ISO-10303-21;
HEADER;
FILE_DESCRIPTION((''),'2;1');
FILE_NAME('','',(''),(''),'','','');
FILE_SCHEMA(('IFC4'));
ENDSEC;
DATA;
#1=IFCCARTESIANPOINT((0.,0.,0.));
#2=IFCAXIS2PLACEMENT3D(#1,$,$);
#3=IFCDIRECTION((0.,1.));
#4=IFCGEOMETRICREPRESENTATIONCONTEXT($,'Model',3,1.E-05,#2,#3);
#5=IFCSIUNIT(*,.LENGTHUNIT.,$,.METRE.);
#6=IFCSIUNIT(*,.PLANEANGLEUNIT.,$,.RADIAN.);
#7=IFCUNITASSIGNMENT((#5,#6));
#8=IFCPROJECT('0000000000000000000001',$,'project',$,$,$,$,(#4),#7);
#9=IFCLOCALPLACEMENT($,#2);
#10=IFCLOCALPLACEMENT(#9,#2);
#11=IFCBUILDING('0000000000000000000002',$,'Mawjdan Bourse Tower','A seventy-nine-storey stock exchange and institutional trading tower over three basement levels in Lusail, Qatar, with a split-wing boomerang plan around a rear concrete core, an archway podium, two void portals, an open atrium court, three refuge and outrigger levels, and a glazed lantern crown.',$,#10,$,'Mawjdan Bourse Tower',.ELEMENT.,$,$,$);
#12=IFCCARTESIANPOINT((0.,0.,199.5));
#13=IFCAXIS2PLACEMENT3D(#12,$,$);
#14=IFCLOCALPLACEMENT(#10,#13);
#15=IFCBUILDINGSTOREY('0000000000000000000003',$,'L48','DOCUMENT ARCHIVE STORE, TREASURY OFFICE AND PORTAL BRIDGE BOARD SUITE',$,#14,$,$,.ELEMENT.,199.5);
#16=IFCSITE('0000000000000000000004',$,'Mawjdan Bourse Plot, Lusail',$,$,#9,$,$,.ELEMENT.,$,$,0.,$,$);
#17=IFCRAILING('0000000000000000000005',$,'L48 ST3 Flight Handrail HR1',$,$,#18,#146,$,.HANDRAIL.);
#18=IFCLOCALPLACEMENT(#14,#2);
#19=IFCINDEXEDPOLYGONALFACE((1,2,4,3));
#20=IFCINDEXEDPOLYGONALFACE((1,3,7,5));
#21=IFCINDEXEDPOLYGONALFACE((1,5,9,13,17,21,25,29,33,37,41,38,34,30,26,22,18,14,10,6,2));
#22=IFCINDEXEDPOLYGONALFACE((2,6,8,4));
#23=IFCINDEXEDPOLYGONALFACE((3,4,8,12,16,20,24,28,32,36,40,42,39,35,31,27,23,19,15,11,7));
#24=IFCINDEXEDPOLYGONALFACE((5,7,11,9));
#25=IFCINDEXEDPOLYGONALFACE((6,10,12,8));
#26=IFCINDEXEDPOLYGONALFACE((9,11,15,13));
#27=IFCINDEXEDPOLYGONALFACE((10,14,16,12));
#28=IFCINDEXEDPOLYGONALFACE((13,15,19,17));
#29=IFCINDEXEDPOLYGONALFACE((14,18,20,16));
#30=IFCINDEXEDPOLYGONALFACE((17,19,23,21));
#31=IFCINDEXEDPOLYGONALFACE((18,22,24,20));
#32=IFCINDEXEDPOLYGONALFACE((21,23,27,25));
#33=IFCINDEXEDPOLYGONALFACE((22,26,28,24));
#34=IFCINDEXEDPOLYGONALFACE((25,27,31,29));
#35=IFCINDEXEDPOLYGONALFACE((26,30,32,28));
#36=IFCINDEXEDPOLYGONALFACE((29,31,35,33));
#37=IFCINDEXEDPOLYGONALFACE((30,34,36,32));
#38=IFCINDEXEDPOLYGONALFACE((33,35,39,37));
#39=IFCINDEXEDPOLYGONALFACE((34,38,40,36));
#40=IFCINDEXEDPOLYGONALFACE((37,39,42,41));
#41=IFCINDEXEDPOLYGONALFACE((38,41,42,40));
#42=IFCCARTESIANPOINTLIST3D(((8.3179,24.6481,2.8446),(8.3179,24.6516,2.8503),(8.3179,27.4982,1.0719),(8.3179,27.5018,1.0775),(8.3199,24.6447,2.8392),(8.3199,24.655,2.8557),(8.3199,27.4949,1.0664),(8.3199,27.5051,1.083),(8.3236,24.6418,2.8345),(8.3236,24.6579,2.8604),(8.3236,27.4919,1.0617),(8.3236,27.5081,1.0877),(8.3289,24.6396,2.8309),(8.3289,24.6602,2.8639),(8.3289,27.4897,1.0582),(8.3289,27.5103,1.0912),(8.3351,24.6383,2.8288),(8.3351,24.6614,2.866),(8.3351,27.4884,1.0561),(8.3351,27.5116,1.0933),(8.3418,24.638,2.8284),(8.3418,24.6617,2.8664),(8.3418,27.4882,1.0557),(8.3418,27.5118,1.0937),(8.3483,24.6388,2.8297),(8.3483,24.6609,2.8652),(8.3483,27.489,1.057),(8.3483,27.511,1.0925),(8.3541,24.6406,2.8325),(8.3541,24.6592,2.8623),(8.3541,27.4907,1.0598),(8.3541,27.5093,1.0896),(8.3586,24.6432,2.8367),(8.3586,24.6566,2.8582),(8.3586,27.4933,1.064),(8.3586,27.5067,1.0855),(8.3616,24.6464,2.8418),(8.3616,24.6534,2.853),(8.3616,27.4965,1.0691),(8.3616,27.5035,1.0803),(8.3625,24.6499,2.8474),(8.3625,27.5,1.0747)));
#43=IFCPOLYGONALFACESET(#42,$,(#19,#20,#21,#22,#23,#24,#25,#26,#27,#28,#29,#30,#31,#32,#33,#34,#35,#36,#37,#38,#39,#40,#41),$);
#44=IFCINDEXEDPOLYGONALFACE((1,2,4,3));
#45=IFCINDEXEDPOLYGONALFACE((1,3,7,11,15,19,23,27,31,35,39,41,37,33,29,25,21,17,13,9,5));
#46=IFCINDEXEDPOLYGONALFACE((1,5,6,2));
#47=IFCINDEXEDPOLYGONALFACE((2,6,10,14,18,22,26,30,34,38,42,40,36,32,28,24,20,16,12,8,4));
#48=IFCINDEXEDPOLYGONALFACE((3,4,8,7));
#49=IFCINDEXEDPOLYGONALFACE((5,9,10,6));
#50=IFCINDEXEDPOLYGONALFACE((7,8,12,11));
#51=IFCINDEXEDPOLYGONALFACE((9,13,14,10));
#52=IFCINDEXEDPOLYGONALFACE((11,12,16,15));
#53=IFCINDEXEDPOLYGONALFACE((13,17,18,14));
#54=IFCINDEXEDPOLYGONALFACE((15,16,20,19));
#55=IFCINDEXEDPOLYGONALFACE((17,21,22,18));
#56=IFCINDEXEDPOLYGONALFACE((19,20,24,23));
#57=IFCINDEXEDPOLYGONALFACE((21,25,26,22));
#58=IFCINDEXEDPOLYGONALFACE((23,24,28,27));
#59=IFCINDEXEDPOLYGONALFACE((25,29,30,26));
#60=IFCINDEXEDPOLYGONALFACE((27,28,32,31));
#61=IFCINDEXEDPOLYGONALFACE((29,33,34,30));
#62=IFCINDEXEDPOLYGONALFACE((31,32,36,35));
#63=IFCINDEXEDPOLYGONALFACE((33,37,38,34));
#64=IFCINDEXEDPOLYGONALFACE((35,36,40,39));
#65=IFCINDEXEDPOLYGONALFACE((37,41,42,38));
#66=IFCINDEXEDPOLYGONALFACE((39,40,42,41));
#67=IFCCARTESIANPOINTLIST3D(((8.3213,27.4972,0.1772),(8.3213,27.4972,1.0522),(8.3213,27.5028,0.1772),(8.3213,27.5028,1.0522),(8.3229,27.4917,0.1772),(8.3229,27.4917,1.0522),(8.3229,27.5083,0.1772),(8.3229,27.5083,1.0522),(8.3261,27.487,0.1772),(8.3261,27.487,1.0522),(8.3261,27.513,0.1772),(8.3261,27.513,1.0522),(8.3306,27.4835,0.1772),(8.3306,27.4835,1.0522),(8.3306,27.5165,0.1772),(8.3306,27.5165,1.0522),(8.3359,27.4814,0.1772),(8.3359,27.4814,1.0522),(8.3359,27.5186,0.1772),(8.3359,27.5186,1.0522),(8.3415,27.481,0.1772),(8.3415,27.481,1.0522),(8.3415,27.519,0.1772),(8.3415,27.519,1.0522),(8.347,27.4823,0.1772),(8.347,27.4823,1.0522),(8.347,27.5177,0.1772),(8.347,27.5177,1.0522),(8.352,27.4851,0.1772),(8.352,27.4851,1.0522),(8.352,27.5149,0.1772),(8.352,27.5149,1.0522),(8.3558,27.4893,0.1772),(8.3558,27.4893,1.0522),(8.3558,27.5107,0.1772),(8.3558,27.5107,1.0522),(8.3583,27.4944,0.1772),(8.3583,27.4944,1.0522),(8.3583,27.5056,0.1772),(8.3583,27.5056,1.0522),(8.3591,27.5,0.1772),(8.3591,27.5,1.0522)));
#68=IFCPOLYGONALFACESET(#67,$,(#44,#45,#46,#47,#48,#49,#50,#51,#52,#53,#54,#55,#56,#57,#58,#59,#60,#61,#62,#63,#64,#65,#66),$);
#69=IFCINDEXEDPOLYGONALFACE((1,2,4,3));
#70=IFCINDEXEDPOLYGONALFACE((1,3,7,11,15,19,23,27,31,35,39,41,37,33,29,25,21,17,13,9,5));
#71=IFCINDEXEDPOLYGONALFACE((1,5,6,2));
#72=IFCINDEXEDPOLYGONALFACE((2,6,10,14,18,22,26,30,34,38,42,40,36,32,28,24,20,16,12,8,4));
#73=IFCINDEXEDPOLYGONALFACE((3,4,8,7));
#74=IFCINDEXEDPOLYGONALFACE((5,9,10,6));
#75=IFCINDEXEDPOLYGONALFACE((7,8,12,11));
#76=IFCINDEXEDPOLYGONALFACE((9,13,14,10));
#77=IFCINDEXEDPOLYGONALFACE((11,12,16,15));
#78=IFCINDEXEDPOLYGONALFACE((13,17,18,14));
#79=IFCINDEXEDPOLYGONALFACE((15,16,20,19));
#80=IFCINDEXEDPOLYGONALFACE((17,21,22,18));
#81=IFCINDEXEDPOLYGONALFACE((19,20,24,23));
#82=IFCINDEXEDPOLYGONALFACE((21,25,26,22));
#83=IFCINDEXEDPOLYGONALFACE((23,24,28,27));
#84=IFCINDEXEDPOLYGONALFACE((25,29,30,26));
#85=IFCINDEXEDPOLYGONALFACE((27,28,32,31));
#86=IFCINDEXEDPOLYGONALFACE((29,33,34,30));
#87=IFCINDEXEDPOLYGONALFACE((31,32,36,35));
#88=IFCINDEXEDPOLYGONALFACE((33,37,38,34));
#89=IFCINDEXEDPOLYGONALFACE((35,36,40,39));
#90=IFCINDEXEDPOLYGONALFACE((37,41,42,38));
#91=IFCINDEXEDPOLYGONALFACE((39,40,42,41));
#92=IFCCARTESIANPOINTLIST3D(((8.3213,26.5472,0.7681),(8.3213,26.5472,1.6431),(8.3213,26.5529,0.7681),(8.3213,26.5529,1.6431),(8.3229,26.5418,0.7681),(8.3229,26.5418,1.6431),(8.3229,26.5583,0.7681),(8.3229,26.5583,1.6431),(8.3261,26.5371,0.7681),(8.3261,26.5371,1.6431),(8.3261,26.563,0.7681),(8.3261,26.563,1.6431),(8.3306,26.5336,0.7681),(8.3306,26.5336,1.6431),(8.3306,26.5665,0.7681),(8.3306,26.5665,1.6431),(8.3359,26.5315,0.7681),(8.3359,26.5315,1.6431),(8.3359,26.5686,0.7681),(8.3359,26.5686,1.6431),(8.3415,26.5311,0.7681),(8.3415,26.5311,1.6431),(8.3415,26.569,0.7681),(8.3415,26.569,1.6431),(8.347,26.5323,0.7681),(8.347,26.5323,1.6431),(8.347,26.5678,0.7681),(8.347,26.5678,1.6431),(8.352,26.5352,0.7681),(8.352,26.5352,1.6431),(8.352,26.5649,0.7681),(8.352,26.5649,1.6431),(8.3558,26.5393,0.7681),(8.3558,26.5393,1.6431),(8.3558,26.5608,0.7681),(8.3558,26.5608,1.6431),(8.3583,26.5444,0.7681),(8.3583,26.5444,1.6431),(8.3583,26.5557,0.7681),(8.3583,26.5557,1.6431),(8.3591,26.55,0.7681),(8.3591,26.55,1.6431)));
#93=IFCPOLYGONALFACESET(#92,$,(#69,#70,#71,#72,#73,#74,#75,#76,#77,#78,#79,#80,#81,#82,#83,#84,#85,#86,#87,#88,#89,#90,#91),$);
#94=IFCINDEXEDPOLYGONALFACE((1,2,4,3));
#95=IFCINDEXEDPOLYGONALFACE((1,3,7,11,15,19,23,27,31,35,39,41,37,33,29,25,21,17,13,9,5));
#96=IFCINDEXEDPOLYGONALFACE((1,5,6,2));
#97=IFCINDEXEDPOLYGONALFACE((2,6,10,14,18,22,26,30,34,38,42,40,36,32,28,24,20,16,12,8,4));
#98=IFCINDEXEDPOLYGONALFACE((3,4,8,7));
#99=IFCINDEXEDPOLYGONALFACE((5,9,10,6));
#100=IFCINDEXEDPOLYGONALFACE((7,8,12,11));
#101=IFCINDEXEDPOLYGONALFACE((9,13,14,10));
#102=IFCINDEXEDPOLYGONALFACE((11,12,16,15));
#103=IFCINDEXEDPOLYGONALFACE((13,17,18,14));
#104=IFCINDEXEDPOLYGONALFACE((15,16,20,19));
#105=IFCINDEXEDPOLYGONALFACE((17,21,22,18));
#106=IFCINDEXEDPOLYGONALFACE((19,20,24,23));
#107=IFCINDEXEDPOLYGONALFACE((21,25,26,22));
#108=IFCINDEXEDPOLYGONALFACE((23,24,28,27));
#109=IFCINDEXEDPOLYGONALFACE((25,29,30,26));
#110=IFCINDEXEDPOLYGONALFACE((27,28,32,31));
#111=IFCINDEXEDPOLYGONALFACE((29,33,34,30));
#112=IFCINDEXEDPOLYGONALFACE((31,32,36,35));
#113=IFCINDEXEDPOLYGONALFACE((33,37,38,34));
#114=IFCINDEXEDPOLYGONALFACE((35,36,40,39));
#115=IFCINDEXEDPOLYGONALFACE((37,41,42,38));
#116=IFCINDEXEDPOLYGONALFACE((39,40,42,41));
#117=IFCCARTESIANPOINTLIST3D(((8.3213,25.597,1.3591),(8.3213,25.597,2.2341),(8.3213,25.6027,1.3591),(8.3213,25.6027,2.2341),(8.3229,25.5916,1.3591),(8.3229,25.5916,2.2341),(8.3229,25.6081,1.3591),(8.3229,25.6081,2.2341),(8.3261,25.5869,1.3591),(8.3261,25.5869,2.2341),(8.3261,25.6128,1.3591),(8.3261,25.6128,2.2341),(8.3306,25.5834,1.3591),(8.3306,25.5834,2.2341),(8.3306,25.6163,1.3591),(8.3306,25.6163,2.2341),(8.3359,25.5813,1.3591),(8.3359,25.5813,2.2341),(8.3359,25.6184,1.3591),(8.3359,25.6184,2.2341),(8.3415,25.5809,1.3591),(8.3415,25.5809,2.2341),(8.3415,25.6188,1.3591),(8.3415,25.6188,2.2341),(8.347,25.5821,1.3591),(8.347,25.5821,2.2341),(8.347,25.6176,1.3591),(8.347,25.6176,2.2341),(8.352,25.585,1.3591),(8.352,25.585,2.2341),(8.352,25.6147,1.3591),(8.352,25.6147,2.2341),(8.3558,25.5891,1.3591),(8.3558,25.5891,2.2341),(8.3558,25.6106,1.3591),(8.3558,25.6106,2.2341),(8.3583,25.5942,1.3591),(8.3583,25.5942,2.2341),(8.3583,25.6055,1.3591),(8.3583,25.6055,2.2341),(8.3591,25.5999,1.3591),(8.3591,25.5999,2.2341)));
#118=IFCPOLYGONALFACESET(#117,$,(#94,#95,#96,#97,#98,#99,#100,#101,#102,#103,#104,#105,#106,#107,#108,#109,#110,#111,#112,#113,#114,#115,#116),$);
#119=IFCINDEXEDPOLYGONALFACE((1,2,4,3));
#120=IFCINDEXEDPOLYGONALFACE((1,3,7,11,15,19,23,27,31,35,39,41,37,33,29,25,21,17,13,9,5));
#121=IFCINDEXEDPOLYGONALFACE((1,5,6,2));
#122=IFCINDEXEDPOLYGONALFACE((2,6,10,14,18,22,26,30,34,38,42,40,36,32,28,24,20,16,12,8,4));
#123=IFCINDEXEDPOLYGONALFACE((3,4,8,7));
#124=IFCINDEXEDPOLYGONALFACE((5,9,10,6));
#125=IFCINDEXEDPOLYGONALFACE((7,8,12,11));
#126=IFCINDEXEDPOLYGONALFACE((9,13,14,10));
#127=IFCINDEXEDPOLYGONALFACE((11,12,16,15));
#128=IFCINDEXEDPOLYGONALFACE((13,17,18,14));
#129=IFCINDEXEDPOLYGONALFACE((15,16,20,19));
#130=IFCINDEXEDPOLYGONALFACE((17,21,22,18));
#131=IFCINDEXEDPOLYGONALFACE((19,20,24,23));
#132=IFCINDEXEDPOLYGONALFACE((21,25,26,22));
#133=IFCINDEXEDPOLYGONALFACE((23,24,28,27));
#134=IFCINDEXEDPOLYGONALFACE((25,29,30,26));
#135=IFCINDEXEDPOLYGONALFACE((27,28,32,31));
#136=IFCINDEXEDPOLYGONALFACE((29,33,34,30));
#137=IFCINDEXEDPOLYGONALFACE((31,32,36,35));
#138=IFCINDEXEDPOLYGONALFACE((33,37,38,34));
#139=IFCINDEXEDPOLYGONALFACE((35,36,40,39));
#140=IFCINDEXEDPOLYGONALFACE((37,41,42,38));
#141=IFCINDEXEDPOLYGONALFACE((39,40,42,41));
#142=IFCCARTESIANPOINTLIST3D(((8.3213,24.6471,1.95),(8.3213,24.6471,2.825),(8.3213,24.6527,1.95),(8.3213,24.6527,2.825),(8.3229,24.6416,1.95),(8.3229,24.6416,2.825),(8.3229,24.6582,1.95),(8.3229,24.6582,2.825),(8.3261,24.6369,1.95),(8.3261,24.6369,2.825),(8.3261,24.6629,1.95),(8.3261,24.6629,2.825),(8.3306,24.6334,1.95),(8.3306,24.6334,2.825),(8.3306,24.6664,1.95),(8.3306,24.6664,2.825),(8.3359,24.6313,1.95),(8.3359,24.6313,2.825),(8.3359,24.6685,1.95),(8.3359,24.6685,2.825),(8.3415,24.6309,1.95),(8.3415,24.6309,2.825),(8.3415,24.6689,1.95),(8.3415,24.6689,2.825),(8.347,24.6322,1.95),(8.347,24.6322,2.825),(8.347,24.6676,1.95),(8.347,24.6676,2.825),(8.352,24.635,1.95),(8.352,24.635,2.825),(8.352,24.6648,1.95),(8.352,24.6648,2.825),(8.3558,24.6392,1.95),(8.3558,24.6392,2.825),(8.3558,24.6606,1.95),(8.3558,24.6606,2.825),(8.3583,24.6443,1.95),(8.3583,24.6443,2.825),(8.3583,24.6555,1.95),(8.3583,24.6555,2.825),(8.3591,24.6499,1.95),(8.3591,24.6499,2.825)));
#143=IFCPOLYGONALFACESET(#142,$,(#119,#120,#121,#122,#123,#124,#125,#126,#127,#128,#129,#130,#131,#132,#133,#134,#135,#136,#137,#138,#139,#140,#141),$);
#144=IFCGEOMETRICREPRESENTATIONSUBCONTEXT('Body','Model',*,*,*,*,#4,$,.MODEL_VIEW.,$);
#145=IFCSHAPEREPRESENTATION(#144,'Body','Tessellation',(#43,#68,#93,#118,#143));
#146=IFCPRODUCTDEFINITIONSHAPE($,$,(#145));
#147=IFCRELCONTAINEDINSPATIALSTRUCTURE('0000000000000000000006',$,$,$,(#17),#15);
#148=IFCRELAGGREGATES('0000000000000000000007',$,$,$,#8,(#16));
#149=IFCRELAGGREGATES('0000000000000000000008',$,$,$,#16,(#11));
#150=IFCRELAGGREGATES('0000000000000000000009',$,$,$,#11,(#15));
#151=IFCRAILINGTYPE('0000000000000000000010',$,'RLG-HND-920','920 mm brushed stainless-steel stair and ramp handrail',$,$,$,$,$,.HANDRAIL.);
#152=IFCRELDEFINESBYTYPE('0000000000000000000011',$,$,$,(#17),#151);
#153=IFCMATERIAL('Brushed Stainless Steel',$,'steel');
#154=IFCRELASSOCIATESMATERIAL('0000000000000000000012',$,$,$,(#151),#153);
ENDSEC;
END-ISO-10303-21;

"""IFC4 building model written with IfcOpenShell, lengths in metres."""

from ifc_helpers import new_model, si_unit, direction, frame, origin, origin_2d, place, context, subcontext, project, spatial, circle, extrude, material, type_object, element, save


model = new_model("IFC4")

# Units and contexts
model_context = context("Model", 3, precision=1e-05, world=origin(), true_north=direction((0.0, 1.0)))
body_context = subcontext(model_context, "Body", "Model", "MODEL_VIEW")
ifc_project = project(units=[si_unit("LENGTHUNIT", "METRE"), si_unit("PLANEANGLEUNIT", "RADIAN")], contexts=[model_context])

# Site, building, storey
site_placement = place(None, origin())
site = spatial("IfcSite", under=ifc_project, at=site_placement, Name="Mawjdan Bourse Plot, Lusail", CompositionType="ELEMENT", RefElevation=0.0)
building_placement = place(site_placement, origin())
building = spatial("IfcBuilding", under=site, at=building_placement, Name="Mawjdan Bourse Tower", Description="A seventy-nine-storey stock exchange and institutional trading tower over three basement levels in Lusail, Qatar, with a split-wing boomerang plan around a rear concrete core, an archway podium, two void portals, an open atrium court, three refuge and outrigger levels, and a glazed lantern crown.", LongName="Mawjdan Bourse Tower", CompositionType="ELEMENT")
storey_placement = place(building_placement, frame((0.0, 0.0, 199.5)))
storey = spatial("IfcBuildingStorey", under=building, at=storey_placement, Name="L48", Description="DOCUMENT ARCHIVE STORE, TREASURY OFFICE AND PORTAL BRIDGE BOARD SUITE", CompositionType="ELEMENT", Elevation=199.5)

# Railing
ifc_material_1 = material(Name="Brushed Stainless Steel", Category="steel")
railing_type = type_object("IfcRailingType", Name="RLG-HND-920", Description="920 mm brushed stainless-steel stair and ramp handrail", PredefinedType="HANDRAIL", material=ifc_material_1)
railing_placement = place(storey_placement, frame((8.3401, 27.5, 0.1772)))
element("IfcRailing", 1, at=railing_placement, inside=storey, type_object=railing_type, Name="L48 ST3 Flight Handrail HR1", PredefinedType="HANDRAIL", context=body_context, shape_type="SweptSolid", body=[
    extrude(circle(Radius=0.0225, at=origin_2d()), frame((0.0, 0.0, 0.8975), z_axis=(0.0, -0.849149, 0.528154), x_axis=(1.0, 0.0, 0.0)), (0.0, 0.0, 1.0), 3.3564),
    extrude(circle(Radius=0.019, at=origin_2d()), origin(), (0.0, 0.0, 1.0), 0.875),
    extrude(circle(Radius=0.019, at=origin_2d()), frame((0.0, -0.95, 0.5908)), (0.0, 0.0, 1.0), 0.875),
    extrude(circle(Radius=0.019, at=origin_2d()), frame((0.0, -1.9001, 1.1819)), (0.0, 0.0, 1.0), 0.875),
    extrude(circle(Radius=0.019, at=origin_2d()), frame((0.0, -2.8501, 1.7727)), (0.0, 0.0, 1.0), 0.875),
])

save(model, "model.ifc")
